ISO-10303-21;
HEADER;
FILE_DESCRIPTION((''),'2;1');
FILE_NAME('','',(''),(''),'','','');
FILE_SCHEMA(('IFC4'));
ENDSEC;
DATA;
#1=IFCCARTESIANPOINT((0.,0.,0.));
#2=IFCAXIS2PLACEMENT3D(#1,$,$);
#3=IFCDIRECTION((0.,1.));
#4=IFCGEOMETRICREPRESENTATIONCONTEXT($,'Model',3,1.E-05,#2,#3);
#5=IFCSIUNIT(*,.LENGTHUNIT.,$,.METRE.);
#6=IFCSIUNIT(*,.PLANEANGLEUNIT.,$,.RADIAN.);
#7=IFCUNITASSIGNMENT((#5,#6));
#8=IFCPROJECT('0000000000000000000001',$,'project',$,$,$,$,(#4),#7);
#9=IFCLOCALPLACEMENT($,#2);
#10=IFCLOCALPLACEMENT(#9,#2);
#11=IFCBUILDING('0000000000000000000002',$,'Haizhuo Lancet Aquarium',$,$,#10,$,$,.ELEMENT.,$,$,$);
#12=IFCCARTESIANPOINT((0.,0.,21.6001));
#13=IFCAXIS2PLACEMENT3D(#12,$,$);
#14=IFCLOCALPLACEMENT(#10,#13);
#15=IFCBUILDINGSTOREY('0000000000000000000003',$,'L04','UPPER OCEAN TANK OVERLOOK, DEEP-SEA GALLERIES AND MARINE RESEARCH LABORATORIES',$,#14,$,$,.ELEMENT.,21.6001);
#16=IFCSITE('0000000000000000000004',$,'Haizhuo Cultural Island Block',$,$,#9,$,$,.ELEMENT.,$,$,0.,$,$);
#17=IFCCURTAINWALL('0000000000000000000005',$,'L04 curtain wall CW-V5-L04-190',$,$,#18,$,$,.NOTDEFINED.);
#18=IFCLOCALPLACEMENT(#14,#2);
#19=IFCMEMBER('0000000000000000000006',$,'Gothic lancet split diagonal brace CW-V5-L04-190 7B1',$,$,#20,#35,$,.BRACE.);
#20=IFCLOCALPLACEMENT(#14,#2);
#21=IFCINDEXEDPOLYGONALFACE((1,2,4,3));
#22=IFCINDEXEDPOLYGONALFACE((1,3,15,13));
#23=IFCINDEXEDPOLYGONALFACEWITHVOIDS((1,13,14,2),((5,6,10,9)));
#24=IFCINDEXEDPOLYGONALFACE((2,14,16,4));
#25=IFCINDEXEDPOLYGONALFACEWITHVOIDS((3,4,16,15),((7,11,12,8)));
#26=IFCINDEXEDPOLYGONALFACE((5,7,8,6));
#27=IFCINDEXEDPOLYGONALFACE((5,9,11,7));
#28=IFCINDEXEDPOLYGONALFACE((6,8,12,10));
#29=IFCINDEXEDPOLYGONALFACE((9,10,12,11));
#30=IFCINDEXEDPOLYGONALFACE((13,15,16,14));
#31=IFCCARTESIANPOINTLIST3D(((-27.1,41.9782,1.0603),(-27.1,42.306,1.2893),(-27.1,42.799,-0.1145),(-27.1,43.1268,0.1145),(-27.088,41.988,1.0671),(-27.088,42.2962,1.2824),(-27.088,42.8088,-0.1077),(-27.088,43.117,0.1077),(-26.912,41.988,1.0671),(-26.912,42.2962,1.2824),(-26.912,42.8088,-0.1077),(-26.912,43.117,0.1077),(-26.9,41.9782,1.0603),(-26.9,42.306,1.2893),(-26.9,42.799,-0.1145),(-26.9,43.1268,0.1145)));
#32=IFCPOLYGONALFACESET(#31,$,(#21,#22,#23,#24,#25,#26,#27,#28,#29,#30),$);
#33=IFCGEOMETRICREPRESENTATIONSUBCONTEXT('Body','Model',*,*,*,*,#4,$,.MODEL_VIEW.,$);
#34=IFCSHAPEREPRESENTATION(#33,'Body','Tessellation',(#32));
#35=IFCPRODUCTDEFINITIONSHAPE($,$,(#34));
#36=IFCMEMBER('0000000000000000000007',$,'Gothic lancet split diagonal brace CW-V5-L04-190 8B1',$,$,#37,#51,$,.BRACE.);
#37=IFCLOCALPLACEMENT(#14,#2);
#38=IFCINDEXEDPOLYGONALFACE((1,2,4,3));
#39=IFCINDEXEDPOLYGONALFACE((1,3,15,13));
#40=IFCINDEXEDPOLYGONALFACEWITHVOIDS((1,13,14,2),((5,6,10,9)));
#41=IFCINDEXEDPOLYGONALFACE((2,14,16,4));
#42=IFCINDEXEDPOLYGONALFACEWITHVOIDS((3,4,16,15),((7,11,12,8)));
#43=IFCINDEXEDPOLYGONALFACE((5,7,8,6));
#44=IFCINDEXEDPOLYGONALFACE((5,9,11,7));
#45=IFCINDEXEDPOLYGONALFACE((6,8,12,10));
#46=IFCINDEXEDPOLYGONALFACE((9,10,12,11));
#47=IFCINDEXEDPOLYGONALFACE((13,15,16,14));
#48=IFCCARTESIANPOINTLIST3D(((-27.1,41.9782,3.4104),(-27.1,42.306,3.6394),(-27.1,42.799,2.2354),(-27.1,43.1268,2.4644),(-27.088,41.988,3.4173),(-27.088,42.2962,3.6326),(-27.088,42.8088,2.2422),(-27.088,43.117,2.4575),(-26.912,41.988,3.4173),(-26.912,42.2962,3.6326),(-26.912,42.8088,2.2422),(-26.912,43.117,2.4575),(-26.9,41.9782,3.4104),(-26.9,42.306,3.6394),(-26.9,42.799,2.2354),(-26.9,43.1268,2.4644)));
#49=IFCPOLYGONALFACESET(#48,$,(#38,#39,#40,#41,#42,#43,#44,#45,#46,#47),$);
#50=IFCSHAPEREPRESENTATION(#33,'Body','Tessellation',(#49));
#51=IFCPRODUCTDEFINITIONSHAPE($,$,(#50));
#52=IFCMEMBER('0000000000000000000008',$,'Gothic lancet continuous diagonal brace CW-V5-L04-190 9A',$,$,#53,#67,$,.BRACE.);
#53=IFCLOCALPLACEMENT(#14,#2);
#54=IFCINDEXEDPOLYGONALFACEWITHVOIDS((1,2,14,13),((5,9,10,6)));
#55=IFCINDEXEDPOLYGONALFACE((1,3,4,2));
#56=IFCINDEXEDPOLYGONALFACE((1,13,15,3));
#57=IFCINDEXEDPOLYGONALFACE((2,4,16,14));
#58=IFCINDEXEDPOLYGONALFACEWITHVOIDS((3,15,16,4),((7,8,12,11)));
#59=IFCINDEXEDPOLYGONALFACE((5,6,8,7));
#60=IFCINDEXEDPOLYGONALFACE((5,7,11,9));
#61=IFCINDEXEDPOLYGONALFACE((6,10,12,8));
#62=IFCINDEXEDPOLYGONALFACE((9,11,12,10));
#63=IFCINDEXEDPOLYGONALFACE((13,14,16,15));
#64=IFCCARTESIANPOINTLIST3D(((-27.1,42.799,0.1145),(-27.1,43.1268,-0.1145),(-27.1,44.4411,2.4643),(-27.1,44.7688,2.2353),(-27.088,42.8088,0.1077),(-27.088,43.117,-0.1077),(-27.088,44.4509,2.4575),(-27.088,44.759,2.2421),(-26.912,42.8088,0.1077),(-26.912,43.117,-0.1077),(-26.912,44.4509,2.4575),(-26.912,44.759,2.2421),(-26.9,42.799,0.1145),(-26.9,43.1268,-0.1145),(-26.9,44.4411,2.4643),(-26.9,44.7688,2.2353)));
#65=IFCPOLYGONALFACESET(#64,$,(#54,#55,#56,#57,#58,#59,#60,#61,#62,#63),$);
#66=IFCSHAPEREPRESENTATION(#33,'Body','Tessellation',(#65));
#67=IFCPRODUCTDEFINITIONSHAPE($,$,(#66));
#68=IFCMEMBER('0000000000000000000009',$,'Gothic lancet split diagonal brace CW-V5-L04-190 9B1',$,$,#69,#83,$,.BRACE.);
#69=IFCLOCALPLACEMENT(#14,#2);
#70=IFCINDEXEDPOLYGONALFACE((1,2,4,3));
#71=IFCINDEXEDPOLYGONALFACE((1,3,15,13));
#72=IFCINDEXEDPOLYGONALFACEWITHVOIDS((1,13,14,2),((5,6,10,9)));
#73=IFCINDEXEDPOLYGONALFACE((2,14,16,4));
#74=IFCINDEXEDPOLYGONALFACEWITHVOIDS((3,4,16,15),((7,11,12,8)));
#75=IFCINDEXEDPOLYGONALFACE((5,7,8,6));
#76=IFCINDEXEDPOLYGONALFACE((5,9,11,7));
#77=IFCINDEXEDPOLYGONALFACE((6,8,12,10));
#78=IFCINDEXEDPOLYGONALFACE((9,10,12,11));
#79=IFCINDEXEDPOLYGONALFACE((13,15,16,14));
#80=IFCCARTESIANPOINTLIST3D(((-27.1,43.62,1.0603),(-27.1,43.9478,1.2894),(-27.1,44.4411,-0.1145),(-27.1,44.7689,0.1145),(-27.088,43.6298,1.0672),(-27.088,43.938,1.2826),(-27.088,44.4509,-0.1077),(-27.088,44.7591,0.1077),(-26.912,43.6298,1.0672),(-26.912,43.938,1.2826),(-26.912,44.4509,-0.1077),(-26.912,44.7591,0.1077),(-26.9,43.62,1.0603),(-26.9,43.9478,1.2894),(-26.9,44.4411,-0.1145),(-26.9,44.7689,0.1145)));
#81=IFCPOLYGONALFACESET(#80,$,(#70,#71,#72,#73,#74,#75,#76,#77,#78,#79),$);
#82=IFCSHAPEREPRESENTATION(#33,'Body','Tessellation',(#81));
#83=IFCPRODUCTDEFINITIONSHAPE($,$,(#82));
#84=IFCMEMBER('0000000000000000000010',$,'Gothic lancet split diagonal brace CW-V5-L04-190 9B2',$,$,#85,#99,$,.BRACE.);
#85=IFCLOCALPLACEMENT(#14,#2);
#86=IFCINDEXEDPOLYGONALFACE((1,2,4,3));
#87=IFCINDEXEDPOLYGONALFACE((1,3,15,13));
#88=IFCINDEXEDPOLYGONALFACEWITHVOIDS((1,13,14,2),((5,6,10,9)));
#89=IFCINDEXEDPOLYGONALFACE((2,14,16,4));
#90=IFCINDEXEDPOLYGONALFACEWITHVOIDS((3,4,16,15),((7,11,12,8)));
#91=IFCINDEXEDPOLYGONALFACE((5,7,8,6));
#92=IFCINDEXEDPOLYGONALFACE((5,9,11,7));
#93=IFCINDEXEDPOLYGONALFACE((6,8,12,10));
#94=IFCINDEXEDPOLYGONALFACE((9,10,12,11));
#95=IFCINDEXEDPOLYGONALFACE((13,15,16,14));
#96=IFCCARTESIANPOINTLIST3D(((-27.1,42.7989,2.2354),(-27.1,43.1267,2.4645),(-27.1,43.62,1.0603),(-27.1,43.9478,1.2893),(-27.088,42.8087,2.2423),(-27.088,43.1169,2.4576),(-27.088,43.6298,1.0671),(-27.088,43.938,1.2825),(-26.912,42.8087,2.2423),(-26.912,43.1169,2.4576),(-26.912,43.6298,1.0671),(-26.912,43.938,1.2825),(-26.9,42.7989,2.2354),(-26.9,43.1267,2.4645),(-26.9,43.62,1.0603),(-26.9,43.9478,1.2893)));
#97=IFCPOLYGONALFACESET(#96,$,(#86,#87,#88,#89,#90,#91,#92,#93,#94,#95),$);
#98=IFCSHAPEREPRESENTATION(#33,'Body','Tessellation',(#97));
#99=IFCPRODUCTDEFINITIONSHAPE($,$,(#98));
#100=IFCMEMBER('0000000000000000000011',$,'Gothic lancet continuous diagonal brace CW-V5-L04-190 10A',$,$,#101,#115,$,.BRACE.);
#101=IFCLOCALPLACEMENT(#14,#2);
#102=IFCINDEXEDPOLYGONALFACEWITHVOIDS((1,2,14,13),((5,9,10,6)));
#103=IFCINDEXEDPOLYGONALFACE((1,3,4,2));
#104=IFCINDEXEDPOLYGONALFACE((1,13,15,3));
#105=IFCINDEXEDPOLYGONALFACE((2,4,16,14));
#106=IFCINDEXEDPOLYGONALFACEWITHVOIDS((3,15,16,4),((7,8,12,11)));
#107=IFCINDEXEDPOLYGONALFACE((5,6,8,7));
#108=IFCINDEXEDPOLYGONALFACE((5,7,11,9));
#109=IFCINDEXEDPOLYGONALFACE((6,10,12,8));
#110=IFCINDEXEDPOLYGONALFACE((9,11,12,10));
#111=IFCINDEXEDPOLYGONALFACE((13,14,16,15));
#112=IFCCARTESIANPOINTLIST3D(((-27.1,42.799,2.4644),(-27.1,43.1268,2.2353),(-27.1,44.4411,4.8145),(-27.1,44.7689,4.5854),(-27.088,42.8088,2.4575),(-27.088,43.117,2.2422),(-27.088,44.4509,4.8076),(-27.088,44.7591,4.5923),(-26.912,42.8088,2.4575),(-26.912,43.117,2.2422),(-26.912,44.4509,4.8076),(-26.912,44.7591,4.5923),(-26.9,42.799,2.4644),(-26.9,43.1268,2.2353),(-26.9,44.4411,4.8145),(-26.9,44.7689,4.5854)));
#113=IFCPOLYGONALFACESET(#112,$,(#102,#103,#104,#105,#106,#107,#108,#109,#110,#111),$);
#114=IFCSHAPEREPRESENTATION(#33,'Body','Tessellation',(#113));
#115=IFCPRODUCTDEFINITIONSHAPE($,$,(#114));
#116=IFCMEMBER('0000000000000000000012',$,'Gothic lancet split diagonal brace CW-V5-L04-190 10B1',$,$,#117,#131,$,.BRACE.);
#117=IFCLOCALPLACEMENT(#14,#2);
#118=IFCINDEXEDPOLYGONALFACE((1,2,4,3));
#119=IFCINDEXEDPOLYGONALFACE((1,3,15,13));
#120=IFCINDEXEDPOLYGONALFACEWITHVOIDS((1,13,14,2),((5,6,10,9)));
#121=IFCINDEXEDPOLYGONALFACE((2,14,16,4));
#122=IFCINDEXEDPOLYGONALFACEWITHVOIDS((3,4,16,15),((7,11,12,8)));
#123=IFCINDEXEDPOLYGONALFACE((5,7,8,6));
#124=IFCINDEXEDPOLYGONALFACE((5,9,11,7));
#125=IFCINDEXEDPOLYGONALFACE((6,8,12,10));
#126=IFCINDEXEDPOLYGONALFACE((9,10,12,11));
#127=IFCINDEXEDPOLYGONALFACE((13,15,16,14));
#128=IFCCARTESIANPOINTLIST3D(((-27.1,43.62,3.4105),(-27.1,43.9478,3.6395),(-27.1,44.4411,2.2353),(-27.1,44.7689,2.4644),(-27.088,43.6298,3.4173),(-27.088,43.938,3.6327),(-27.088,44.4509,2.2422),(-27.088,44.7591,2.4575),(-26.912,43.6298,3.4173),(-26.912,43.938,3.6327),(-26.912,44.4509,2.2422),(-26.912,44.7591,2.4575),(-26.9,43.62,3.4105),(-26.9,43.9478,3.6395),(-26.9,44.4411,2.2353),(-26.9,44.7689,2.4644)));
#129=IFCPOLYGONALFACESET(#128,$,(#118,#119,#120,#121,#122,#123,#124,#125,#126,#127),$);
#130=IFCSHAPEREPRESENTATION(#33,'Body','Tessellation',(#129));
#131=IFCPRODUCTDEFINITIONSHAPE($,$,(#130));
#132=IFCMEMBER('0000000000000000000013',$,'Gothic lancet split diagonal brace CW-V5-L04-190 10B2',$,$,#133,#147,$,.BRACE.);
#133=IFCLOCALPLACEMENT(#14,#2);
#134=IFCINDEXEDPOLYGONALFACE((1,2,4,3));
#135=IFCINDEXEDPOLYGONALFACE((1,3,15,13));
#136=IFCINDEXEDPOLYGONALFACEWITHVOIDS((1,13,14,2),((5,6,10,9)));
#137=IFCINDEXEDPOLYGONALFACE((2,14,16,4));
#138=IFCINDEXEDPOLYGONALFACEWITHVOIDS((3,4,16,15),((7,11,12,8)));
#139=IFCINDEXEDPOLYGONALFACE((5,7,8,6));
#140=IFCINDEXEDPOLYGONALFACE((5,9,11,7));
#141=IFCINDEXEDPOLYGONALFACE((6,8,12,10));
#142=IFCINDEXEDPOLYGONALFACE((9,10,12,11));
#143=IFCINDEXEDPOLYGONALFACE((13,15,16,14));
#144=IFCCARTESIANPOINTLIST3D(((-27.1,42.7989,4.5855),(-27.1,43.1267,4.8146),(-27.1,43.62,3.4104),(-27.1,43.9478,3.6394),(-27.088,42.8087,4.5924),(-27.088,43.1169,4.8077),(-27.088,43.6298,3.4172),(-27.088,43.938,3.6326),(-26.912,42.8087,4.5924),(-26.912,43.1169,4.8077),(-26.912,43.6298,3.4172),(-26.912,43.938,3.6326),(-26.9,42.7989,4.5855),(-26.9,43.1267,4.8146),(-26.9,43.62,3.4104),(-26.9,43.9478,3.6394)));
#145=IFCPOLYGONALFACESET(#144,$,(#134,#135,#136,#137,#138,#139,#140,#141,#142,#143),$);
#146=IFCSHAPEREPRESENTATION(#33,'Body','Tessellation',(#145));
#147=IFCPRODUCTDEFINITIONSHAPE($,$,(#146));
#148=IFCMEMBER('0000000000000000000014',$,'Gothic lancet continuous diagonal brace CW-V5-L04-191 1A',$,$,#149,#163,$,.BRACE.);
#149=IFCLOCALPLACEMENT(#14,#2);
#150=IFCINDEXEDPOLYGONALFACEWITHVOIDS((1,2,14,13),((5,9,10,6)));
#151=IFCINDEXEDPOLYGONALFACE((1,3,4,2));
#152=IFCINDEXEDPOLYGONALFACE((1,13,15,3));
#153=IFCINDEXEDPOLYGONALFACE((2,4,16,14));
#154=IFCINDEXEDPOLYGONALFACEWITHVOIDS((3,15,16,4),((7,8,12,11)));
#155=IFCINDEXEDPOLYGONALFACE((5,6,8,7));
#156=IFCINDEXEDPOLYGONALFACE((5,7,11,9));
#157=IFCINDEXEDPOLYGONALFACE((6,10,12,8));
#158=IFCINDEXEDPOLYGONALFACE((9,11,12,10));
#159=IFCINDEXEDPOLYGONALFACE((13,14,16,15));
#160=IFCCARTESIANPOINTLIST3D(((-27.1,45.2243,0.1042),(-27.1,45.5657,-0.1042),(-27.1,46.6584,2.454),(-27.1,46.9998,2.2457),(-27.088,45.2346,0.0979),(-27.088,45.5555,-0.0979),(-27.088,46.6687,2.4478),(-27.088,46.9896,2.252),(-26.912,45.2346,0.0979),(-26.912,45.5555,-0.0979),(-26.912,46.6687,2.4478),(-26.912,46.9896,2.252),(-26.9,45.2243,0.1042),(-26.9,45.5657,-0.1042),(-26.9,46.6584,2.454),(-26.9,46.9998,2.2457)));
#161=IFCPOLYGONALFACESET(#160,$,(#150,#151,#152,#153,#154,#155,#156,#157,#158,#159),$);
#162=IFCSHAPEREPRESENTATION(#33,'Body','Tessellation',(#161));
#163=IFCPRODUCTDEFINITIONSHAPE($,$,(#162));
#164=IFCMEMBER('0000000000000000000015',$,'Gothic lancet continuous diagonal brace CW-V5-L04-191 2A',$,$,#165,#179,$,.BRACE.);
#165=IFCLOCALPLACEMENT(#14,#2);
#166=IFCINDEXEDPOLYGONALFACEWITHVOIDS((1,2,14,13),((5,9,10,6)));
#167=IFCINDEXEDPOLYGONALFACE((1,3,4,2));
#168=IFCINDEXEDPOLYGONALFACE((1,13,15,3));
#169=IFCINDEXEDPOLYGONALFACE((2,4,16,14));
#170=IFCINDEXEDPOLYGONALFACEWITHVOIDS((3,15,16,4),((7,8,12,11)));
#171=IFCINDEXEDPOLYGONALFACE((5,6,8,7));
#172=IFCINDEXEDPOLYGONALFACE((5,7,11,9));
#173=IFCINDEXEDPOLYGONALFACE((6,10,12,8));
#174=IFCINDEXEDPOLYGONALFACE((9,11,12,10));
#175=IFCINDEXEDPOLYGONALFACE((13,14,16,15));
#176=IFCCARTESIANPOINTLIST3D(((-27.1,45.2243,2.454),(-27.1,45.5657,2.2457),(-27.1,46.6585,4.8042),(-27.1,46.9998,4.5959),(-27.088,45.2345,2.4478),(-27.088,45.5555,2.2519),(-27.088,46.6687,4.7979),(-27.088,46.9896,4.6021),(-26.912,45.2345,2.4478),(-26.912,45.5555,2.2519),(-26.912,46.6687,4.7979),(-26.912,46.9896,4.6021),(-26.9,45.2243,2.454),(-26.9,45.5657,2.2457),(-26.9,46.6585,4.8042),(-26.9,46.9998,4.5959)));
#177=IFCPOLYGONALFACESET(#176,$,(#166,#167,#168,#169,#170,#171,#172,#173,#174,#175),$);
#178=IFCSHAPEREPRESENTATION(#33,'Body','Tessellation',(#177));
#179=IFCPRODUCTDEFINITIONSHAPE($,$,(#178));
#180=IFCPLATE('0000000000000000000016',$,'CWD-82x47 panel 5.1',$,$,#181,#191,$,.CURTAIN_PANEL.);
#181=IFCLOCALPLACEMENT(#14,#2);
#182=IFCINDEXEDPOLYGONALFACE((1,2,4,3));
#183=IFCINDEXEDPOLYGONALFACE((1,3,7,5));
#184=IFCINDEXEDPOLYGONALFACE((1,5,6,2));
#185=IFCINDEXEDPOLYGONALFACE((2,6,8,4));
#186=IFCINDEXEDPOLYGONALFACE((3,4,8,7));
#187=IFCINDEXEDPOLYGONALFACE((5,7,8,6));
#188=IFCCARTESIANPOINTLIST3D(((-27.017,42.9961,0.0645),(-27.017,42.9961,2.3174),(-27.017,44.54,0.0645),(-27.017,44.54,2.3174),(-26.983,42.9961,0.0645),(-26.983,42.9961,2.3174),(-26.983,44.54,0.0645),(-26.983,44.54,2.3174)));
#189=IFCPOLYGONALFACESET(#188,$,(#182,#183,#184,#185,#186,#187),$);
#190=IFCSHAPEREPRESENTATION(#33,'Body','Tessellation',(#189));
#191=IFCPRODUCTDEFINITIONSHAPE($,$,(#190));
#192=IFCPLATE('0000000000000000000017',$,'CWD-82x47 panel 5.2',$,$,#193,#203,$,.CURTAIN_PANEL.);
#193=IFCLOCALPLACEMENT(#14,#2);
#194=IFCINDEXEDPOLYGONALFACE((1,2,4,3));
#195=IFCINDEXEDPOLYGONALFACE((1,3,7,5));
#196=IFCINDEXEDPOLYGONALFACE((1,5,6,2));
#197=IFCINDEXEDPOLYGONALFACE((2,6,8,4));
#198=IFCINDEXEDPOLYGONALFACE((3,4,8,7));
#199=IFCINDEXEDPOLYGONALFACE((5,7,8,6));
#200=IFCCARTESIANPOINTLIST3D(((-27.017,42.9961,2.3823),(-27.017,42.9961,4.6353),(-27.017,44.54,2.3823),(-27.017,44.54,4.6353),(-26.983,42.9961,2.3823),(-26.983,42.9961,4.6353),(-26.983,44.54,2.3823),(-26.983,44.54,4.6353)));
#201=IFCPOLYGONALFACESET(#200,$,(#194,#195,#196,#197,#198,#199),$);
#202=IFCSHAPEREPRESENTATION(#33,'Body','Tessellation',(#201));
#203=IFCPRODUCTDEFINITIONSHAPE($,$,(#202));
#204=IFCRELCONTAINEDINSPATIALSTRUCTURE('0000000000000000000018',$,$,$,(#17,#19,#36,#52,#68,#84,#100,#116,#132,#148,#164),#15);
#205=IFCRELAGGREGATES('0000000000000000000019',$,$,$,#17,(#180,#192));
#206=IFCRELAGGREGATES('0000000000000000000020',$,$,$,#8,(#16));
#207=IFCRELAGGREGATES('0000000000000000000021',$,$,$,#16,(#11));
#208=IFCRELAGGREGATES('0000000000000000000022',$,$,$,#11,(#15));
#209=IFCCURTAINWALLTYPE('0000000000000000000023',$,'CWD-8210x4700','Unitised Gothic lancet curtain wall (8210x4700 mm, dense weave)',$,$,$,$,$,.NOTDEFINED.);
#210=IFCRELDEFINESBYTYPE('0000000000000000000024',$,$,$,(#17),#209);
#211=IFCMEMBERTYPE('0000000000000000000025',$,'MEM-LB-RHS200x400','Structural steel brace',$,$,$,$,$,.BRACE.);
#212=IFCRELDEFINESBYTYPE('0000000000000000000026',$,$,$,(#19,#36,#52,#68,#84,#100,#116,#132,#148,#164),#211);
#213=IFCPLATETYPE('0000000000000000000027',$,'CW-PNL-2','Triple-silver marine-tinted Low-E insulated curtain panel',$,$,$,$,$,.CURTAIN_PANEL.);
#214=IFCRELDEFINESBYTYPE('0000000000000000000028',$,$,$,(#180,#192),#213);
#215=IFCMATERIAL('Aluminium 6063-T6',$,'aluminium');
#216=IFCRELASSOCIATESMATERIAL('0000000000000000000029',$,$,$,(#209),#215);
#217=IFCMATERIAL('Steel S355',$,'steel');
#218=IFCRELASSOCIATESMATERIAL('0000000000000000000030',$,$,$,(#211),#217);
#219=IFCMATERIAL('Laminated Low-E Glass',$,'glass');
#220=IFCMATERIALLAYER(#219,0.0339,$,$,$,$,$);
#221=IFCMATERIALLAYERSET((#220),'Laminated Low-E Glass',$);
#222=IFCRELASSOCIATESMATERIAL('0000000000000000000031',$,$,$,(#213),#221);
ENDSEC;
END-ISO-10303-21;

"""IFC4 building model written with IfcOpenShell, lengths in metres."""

from ifc_helpers import new_model, si_unit, direction, frame, origin, origin_2d, place, context, subcontext, project, spatial, rectangle, hollow_rectangle, extrude, material, layer, layer_set, material_profile, profile_set, type_object, element, aggregate, save


model = new_model("IFC4")

# Units and contexts
model_context = context("Model", 3, precision=1e-05, world=origin(), true_north=direction((0.0, 1.0)))
body_context = subcontext(model_context, "Body", "Model", "MODEL_VIEW")
ifc_project = project(units=[si_unit("LENGTHUNIT", "METRE"), si_unit("PLANEANGLEUNIT", "RADIAN")], contexts=[model_context])

# Site, building, storey
site_placement = place(None, origin())
site = spatial("IfcSite", under=ifc_project, at=site_placement, Name="Haizhuo Cultural Island Block", CompositionType="ELEMENT", RefElevation=0.0)
building_placement = place(site_placement, origin())
building = spatial("IfcBuilding", under=site, at=building_placement, Name="Haizhuo Lancet Aquarium", CompositionType="ELEMENT")
storey_placement = place(building_placement, frame((0.0, 0.0, 21.6001)))
storey = spatial("IfcBuildingStorey", under=building, at=storey_placement, Name="L04", Description="UPPER OCEAN TANK OVERLOOK, DEEP-SEA GALLERIES AND MARINE RESEARCH LABORATORIES", CompositionType="ELEMENT", Elevation=21.6001)

# Curtain wall
ifc_material_1 = material(Name="Aluminium 6063-T6", Category="aluminium")
curtain_wall_type_1 = type_object("IfcCurtainWallType", Name="CWD-8210x4700", Description="Unitised Gothic lancet curtain wall (8210x4700 mm, dense weave)", PredefinedType="NOTDEFINED", material=ifc_material_1)
curtain_wall_1_placement = place(storey_placement, origin())
curtain_wall_1 = element("IfcCurtainWall", 1, at=curtain_wall_1_placement, inside=storey, type_object=curtain_wall_type_1, Name="L04 curtain wall CW-V5-L04-190", PredefinedType="NOTDEFINED")

# Members
ifc_material_2 = material(Name="Steel S355", Category="steel")
ifc_material_profile_1 = material_profile(ifc_material_2, hollow_rectangle(XDim=0.2, YDim=0.3999, WallThickness=0.012, at=origin_2d()), Name="RHS 200x400x12")
ifc_profile_set_1 = profile_set([ifc_material_profile_1], Name="Steel S355")
member_type_1 = type_object("IfcMemberType", Name="MEM-LB-RHS200x400", Description="Structural steel brace", PredefinedType="BRACE", material=ifc_profile_set_1)
member_1_placement = place(storey_placement, frame((-27.0, 42.9629, 0.0), z_axis=(0.0, -0.57273, 0.819744), x_axis=(1.0, 0.0, 0.0)))
element("IfcMember", 2, at=member_1_placement, inside=storey, type_object=member_type_1, Name="Gothic lancet split diagonal brace CW-V5-L04-190 7B1", PredefinedType="BRACE", context=body_context, shape_type="SweptSolid", body=[
    extrude(hollow_rectangle(XDim=0.2, YDim=0.3999, WallThickness=0.012, at=origin_2d()), origin(), (0.0, 0.0, 1.0), 1.4331),
])
member_2_placement = place(storey_placement, frame((-27.0, 42.9629, 2.3499), z_axis=(0.0, -0.57265, 0.8198), x_axis=(1.0, 0.0, 0.0)))
element("IfcMember", 3, at=member_2_placement, inside=storey, type_object=member_type_1, Name="Gothic lancet split diagonal brace CW-V5-L04-190 8B1", PredefinedType="BRACE", context=body_context, shape_type="SweptSolid", body=[
    extrude(hollow_rectangle(XDim=0.2, YDim=0.3999, WallThickness=0.012, at=origin_2d()), origin(), (0.0, 0.0, 1.0), 1.4333),
])
member_3_placement = place(storey_placement, frame((-27.0, 42.9629, 0.0), z_axis=(0.0, 0.572805, 0.819692), x_axis=(-1.0, 0.0, 0.0)))
element("IfcMember", 4, at=member_3_placement, inside=storey, type_object=member_type_1, Name="Gothic lancet continuous diagonal brace CW-V5-L04-190 9A", PredefinedType="BRACE", context=body_context, shape_type="SweptSolid", body=[
    extrude(hollow_rectangle(XDim=0.2, YDim=0.3999, WallThickness=0.012, at=origin_2d()), origin(), (0.0, 0.0, 1.0), 2.8667),
])
member_4_placement = place(storey_placement, frame((-27.0, 44.605, 0.0), z_axis=(0.0, -0.572845, 0.819664), x_axis=(1.0, 0.0, 0.0)))
element("IfcMember", 5, at=member_4_placement, inside=storey, type_object=member_type_1, Name="Gothic lancet split diagonal brace CW-V5-L04-190 9B1", PredefinedType="BRACE", context=body_context, shape_type="SweptSolid", body=[
    extrude(hollow_rectangle(XDim=0.2, YDim=0.3999, WallThickness=0.012, at=origin_2d()), origin(), (0.0, 0.0, 1.0), 1.4333),
])
member_5_placement = place(storey_placement, frame((-27.0, 43.7839, 1.1748), z_axis=(0.0, -0.572765, 0.81972), x_axis=(1.0, 0.0, 0.0)))
element("IfcMember", 6, at=member_5_placement, inside=storey, type_object=member_type_1, Name="Gothic lancet split diagonal brace CW-V5-L04-190 9B2", PredefinedType="BRACE", context=body_context, shape_type="SweptSolid", body=[
    extrude(hollow_rectangle(XDim=0.2, YDim=0.3999, WallThickness=0.012, at=origin_2d()), origin(), (0.0, 0.0, 1.0), 1.4336),
])
member_6_placement = place(storey_placement, frame((-27.0, 42.9629, 2.3499), z_axis=(0.0, 0.572765, 0.81972), x_axis=(-1.0, 0.0, 0.0)))
element("IfcMember", 7, at=member_6_placement, inside=storey, type_object=member_type_1, Name="Gothic lancet continuous diagonal brace CW-V5-L04-190 10A", PredefinedType="BRACE", context=body_context, shape_type="SweptSolid", body=[
    extrude(hollow_rectangle(XDim=0.2, YDim=0.3999, WallThickness=0.012, at=origin_2d()), origin(), (0.0, 0.0, 1.0), 2.8669),
])
for number, where, z_axis, x_axis, name in (
    (8, (-27.0, 44.605, 2.3499), (0.0, -0.572765, 0.81972), (1.0, 0.0, 0.0), "Gothic lancet split diagonal brace CW-V5-L04-190 10B1"),
    (9, (-27.0, 43.7839, 3.5249), (0.0, -0.572765, 0.81972), (1.0, 0.0, 0.0), "Gothic lancet split diagonal brace CW-V5-L04-190 10B2"),
):
    element("IfcMember", number, at=place(storey_placement, frame(where, z_axis=z_axis, x_axis=x_axis)), inside=storey, type_object=member_type_1, Name=name, PredefinedType="BRACE", context=body_context, shape_type="SweptSolid", body=[
        extrude(hollow_rectangle(XDim=0.2, YDim=0.3999, WallThickness=0.012, at=origin_2d()), origin(), (0.0, 0.0, 1.0), 1.4336),
    ])
member_7_placement = place(storey_placement, frame((-27.0, 45.395, 0.0), z_axis=(0.0, 0.520937, 0.853595), x_axis=(-1.0, 0.0, 0.0)))
element("IfcMember", 10, at=member_7_placement, inside=storey, type_object=member_type_1, Name="Gothic lancet continuous diagonal brace CW-V5-L04-191 1A", PredefinedType="BRACE", context=body_context, shape_type="SweptSolid", body=[
    extrude(hollow_rectangle(XDim=0.2, YDim=0.3999, WallThickness=0.012, at=origin_2d()), origin(), (0.0, 0.0, 1.0), 2.7529),
])
member_8_placement = place(storey_placement, frame((-27.0, 45.395, 2.3499), z_axis=(0.0, 0.520898, 0.853619), x_axis=(-1.0, 0.0, 0.0)))
element("IfcMember", 11, at=member_8_placement, inside=storey, type_object=member_type_1, Name="Gothic lancet continuous diagonal brace CW-V5-L04-191 2A", PredefinedType="BRACE", context=body_context, shape_type="SweptSolid", body=[
    extrude(hollow_rectangle(XDim=0.2, YDim=0.3999, WallThickness=0.012, at=origin_2d()), origin(), (0.0, 0.0, 1.0), 2.7532),
])

# Plates
ifc_material_3 = material(Name="Laminated Low-E Glass", Category="glass")
ifc_layer_1 = layer(ifc_material_3, 0.0339)
ifc_layer_set_1 = layer_set([ifc_layer_1], Name="Laminated Low-E Glass")
plate_type = type_object("IfcPlateType", Name="CW-PNL-2", Description="Triple-silver marine-tinted Low-E insulated curtain panel", PredefinedType="CURTAIN_PANEL", material=ifc_layer_set_1)
plate_1_placement = place(storey_placement, frame((-27.0, 43.7681, 0.0645), z_axis=(0.0, 0.0, 1.0), x_axis=(0.0, 1.0, 0.0)))
plate_1 = element("IfcPlate", 12, at=plate_1_placement, type_object=plate_type, Name="CWD-82x47 panel 5.1", PredefinedType="CURTAIN_PANEL", context=body_context, shape_type="SweptSolid", body=[
    extrude(rectangle(XDim=1.5439, YDim=0.0339, at=origin_2d()), origin(), (0.0, 0.0, 1.0), 2.2529),
])
plate_2_placement = place(storey_placement, frame((-27.0, 43.7681, 2.3823), z_axis=(0.0, 0.0, 1.0), x_axis=(0.0, 1.0, 0.0)))
plate_2 = element("IfcPlate", 13, at=plate_2_placement, type_object=plate_type, Name="CWD-82x47 panel 5.2", PredefinedType="CURTAIN_PANEL", context=body_context, shape_type="SweptSolid", body=[
    extrude(rectangle(XDim=1.5439, YDim=0.0339, at=origin_2d()), origin(), (0.0, 0.0, 1.0), 2.2529),
])
aggregate(curtain_wall_1, [plate_1, plate_2])

save(model, "model.ifc")
